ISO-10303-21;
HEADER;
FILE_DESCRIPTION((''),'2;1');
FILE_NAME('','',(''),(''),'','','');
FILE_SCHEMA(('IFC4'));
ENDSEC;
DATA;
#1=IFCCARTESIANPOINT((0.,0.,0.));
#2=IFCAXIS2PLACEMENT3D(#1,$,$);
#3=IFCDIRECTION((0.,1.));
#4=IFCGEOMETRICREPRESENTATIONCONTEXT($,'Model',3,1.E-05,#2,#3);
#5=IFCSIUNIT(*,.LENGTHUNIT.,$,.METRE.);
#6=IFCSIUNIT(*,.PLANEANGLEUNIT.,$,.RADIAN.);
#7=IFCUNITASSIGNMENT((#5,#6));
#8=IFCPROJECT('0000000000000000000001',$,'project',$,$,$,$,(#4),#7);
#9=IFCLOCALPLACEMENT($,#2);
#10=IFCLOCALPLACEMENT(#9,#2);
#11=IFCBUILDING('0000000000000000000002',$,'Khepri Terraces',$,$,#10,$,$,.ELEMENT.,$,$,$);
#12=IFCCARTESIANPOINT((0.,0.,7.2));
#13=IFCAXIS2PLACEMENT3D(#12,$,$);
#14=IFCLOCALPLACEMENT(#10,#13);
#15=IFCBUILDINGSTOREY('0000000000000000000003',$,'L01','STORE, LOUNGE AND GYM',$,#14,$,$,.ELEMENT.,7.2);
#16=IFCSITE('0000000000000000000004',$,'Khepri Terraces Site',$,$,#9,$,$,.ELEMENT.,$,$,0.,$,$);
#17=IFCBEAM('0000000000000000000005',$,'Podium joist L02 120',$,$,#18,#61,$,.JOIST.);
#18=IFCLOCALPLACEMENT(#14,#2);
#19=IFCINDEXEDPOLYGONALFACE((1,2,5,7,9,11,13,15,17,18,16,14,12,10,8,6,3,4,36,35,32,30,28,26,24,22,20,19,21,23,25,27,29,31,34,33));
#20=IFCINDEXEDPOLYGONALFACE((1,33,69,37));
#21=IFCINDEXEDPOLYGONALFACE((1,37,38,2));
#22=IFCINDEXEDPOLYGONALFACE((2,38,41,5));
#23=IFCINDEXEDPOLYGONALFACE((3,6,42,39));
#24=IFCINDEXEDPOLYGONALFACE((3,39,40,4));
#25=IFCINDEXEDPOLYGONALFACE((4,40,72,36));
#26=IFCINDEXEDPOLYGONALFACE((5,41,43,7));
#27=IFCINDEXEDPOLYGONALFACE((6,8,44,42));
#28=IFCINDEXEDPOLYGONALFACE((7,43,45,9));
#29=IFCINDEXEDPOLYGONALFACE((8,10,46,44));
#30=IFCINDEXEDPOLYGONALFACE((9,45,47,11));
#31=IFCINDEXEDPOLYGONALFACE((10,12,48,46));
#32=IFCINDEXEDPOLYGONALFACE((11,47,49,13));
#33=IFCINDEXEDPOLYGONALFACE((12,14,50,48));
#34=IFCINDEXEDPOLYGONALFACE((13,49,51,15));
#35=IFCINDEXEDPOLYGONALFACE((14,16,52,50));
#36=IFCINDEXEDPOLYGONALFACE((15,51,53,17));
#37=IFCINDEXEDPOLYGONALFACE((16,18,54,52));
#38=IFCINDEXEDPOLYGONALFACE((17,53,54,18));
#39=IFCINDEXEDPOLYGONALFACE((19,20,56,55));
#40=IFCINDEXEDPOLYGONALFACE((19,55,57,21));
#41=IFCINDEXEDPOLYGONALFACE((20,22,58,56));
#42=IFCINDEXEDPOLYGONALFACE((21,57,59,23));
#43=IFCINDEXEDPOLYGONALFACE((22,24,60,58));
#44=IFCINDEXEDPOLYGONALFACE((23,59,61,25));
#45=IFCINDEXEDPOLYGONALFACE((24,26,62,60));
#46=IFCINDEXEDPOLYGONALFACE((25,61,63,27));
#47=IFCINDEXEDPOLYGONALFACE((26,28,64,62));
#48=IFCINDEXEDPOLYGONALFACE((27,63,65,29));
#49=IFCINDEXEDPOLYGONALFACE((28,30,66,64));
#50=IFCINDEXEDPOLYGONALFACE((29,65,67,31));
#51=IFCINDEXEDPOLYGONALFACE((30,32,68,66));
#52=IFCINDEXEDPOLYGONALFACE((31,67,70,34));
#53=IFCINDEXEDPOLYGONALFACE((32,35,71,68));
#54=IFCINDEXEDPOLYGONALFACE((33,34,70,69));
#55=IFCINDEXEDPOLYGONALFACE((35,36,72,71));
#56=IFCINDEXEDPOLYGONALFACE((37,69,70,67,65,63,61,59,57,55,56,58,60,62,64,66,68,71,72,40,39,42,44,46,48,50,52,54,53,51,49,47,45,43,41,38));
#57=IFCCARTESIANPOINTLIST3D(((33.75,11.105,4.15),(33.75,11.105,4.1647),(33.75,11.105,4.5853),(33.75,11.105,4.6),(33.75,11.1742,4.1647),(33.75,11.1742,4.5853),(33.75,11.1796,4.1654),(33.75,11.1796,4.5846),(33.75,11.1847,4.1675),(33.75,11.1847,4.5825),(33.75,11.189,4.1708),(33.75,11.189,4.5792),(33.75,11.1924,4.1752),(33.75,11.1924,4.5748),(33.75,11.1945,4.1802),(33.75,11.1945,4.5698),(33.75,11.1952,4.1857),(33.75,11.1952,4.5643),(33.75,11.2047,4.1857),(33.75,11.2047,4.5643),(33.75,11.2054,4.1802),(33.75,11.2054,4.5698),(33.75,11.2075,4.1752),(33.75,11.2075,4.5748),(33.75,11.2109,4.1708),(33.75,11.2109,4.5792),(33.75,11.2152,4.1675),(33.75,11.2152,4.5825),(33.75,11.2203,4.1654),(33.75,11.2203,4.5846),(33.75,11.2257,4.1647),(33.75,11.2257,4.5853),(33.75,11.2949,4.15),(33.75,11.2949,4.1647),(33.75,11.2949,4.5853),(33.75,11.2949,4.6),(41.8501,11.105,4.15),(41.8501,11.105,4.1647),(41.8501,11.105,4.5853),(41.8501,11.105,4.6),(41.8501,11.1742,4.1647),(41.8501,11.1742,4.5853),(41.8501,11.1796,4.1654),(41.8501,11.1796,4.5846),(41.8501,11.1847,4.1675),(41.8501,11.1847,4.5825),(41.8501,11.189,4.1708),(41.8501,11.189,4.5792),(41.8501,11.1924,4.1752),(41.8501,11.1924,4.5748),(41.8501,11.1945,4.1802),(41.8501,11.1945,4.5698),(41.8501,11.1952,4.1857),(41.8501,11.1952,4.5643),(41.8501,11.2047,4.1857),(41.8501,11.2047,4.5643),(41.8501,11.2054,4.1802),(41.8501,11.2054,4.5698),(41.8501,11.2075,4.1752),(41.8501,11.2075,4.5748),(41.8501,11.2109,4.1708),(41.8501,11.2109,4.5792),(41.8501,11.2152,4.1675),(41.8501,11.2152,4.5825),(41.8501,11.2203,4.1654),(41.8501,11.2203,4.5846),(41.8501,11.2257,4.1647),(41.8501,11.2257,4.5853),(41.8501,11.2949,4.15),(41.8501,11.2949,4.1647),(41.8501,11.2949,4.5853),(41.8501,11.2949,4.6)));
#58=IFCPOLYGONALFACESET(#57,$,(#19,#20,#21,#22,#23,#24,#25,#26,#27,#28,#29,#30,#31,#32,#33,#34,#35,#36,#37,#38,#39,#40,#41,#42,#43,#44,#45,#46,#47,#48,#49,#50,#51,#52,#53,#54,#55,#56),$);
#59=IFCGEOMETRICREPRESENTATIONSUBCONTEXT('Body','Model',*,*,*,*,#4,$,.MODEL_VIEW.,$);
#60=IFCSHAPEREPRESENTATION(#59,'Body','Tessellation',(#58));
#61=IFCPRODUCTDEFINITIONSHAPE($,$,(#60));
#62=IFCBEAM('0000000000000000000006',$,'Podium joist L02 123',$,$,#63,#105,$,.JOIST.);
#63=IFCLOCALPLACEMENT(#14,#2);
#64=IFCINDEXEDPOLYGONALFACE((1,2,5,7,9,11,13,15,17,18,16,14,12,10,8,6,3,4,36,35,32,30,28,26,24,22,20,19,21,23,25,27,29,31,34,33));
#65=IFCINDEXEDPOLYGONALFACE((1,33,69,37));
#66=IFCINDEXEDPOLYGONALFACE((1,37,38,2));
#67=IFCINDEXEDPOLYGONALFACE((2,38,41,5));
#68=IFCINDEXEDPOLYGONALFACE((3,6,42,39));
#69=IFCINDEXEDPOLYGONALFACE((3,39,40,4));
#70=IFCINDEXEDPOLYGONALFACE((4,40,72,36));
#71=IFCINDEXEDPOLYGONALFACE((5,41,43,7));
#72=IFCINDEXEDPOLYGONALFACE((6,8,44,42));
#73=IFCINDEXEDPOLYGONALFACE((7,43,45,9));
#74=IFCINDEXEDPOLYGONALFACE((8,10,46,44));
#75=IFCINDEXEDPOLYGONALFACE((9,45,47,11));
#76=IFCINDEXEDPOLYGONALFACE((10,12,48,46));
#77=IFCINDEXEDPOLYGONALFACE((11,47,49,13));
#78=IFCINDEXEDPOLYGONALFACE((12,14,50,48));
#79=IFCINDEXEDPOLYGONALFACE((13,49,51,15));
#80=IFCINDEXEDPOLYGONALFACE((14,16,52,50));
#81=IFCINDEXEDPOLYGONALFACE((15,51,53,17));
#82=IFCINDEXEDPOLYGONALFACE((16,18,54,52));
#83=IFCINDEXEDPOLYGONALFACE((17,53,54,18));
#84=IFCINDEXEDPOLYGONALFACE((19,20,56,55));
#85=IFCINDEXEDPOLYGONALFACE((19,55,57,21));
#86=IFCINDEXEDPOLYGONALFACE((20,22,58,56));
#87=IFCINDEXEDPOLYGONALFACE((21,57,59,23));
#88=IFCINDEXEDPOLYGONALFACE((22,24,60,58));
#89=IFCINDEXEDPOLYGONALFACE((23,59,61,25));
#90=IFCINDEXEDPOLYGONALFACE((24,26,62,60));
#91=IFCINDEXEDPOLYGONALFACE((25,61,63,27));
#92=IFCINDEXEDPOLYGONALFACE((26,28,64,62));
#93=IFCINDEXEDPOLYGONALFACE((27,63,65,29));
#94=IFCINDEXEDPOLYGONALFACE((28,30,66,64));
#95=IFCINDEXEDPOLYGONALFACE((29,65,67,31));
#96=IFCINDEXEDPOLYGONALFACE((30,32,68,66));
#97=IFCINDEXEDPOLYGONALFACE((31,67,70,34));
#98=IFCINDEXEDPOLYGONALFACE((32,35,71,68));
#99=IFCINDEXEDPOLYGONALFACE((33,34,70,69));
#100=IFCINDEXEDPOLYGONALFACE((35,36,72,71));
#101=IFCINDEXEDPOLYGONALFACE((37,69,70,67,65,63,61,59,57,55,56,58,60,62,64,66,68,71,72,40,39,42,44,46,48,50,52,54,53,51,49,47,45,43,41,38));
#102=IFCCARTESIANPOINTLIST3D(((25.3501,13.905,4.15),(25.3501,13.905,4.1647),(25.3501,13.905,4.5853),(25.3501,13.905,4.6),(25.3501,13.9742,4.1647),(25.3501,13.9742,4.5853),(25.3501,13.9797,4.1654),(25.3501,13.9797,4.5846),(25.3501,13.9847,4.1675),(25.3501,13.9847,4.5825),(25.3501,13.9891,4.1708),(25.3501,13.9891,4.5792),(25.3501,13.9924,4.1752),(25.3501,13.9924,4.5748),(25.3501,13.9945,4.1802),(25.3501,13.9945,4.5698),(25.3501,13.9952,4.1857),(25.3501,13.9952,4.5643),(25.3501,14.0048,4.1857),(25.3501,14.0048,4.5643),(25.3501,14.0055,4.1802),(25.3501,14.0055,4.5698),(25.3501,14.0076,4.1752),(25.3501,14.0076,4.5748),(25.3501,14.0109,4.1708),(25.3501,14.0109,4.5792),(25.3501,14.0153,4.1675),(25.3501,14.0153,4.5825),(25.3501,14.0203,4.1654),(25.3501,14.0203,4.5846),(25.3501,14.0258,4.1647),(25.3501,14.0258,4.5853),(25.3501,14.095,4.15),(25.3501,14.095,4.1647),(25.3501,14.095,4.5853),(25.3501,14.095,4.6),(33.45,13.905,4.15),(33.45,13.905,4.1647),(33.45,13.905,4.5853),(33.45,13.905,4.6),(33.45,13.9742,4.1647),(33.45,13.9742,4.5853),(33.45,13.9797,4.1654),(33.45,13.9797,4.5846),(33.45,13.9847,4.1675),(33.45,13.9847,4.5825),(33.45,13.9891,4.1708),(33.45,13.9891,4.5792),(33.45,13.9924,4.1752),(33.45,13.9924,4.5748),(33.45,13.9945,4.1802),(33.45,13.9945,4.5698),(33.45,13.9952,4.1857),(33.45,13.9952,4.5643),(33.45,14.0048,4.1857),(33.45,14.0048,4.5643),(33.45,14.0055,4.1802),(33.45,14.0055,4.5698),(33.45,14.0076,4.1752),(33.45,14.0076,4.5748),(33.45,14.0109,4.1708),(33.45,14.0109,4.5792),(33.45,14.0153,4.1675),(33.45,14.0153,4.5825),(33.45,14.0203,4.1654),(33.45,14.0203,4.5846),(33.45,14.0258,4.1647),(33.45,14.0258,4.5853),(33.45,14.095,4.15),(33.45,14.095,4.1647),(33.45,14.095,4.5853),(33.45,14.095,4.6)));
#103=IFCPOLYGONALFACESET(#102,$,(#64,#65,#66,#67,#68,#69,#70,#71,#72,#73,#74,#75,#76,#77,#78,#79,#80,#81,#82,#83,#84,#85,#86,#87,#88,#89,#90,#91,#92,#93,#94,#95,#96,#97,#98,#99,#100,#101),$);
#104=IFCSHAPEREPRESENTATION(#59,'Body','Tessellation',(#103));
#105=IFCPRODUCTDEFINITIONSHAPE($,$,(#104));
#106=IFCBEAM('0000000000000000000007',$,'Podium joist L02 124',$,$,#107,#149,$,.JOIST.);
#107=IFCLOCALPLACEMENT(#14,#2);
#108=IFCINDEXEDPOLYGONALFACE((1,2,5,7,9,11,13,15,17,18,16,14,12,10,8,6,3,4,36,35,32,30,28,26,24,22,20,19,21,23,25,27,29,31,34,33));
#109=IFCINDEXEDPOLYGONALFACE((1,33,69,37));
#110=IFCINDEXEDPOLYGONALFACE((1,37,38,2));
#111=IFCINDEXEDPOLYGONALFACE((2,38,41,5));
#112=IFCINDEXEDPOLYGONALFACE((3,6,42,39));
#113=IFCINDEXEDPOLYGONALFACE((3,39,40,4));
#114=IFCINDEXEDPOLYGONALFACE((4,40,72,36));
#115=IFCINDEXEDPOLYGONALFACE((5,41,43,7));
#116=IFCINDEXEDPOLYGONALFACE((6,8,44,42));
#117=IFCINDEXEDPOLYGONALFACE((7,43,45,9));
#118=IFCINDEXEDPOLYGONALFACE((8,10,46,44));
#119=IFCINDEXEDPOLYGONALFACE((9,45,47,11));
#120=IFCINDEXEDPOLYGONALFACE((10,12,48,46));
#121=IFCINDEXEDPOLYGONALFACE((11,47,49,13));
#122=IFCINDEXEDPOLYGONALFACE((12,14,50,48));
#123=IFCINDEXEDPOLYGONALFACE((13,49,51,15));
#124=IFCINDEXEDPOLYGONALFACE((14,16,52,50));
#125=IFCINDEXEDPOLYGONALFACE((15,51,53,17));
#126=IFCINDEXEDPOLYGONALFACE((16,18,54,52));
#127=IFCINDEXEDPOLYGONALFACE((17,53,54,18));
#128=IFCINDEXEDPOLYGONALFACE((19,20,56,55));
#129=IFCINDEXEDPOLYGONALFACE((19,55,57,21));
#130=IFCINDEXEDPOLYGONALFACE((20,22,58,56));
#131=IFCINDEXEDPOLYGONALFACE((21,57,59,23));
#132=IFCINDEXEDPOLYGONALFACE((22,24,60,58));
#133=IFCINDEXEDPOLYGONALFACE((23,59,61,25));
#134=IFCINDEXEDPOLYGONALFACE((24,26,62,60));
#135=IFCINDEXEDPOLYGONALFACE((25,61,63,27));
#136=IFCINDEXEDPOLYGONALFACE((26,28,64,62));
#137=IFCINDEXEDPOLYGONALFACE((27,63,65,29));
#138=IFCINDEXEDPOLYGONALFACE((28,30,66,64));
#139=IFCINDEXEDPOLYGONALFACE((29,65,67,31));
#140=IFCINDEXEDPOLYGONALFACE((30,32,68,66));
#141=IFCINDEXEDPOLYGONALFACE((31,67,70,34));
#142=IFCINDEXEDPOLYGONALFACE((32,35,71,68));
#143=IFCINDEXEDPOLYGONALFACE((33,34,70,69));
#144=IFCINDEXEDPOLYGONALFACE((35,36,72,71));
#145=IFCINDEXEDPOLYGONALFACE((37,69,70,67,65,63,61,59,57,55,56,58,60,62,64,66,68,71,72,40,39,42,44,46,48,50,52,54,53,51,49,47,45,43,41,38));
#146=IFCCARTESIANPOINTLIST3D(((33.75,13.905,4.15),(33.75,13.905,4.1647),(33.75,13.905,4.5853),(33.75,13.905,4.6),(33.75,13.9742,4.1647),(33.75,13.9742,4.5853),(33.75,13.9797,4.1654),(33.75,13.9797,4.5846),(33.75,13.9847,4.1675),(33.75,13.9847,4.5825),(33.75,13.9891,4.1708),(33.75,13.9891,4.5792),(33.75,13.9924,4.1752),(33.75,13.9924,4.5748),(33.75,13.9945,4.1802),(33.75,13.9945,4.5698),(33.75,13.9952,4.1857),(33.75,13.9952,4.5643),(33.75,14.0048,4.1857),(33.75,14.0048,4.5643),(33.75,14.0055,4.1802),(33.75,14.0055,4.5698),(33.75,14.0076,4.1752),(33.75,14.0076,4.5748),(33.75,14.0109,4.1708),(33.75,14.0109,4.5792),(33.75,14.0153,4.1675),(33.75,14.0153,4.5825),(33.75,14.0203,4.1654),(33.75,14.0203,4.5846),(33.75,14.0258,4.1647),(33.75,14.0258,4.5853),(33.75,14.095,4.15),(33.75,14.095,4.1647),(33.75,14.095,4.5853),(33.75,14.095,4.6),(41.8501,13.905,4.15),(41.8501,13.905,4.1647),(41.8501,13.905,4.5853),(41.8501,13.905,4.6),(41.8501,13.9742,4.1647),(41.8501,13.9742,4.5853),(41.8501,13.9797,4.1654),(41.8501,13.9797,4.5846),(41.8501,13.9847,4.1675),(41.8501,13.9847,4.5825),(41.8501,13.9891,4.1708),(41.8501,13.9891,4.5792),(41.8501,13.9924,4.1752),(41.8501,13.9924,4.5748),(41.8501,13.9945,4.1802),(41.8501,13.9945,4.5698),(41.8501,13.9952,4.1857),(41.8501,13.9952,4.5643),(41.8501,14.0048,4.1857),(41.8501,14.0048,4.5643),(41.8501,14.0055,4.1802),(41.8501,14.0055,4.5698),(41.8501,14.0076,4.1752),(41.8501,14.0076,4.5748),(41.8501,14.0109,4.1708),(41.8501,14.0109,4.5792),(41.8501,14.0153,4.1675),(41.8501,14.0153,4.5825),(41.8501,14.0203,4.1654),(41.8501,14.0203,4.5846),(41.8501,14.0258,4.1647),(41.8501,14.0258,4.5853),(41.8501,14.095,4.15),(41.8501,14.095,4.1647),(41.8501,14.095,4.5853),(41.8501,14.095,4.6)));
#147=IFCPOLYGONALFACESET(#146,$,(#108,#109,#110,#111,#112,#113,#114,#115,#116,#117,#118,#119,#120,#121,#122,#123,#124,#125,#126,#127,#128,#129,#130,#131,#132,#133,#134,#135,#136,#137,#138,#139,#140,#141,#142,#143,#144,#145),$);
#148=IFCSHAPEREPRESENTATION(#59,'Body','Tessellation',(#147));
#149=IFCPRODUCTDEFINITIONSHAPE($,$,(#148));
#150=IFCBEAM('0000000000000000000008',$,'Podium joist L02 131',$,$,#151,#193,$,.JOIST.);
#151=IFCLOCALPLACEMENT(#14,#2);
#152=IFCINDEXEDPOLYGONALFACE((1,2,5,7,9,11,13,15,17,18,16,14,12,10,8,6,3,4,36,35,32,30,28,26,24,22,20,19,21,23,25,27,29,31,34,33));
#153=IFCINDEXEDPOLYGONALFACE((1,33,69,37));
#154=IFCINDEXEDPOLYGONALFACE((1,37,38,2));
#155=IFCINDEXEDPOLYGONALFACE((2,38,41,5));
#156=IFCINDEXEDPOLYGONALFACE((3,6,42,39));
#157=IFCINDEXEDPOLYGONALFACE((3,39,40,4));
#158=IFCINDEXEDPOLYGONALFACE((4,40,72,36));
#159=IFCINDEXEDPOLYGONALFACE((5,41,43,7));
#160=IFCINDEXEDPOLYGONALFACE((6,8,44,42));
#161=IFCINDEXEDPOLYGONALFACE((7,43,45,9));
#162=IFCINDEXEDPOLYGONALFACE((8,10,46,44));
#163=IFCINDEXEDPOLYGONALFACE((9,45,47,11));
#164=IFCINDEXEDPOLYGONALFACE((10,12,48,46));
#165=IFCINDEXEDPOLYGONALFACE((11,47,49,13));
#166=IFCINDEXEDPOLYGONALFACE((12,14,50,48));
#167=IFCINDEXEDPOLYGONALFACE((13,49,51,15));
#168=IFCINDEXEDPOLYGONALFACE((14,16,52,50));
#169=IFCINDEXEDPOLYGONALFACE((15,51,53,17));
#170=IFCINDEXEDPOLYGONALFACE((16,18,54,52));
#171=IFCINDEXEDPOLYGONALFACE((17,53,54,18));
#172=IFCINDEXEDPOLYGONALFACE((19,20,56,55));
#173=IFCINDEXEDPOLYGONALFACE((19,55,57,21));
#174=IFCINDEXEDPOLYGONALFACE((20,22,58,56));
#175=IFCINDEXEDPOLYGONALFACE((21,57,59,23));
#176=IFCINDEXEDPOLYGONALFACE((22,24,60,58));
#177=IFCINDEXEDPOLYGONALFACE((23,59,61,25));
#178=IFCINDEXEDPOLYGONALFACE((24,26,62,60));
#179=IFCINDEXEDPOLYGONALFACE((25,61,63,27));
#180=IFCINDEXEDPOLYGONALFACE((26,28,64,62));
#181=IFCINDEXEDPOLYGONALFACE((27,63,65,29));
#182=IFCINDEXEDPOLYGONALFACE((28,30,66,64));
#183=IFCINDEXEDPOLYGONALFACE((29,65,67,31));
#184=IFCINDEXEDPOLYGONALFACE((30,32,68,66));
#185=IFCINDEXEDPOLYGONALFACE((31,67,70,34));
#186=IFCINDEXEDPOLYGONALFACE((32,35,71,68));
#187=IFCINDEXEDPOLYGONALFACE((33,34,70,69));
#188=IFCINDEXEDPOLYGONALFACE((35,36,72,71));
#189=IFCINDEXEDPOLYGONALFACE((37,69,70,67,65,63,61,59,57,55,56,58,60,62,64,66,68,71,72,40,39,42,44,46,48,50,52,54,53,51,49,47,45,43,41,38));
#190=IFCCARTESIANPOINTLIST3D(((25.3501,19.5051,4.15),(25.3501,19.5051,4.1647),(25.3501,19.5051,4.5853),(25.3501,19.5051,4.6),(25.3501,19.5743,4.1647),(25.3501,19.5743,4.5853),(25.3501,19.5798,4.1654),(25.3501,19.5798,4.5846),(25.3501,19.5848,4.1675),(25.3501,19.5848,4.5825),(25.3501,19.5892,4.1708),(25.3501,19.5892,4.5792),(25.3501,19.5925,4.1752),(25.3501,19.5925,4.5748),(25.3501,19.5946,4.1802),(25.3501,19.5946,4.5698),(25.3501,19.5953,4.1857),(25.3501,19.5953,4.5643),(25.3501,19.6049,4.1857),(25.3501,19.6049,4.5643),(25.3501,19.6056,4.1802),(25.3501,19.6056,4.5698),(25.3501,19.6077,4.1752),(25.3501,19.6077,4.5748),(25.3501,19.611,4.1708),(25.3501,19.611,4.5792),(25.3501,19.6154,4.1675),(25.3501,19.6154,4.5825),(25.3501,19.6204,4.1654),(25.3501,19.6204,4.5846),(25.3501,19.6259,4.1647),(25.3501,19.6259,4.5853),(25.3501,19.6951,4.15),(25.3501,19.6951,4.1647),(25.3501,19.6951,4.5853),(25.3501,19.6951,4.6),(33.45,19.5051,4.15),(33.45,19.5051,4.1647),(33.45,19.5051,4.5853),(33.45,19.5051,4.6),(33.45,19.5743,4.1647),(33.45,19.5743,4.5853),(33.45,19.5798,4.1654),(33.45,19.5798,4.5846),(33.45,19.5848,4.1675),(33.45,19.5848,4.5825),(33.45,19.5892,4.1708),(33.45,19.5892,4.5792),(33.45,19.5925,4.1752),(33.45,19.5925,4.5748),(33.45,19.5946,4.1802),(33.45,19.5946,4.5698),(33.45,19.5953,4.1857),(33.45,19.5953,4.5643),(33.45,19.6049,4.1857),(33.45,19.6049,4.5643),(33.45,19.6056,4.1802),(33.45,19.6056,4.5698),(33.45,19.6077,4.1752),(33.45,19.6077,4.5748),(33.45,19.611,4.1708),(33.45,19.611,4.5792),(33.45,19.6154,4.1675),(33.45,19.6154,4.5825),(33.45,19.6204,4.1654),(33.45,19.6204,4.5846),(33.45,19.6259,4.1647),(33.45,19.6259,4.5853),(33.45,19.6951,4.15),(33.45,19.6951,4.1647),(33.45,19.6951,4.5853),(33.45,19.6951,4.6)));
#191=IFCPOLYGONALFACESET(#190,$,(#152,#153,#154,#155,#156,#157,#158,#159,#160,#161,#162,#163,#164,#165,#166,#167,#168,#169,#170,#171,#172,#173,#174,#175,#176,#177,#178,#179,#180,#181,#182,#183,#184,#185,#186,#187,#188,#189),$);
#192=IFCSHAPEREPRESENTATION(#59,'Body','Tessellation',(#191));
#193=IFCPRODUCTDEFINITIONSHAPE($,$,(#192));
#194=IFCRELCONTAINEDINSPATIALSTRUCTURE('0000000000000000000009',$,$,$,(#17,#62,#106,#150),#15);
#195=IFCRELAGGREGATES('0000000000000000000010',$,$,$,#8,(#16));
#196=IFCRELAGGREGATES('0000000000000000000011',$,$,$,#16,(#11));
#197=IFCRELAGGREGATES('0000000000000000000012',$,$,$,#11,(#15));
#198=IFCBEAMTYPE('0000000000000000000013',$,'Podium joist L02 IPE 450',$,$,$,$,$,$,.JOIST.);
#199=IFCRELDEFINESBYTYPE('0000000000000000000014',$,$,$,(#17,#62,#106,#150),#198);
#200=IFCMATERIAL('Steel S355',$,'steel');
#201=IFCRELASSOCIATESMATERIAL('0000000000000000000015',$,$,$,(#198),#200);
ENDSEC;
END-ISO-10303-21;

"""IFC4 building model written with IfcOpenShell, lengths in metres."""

from ifc_helpers import new_model, si_unit, direction, frame, origin, origin_2d, place, context, subcontext, project, spatial, i_section, extrude, material, material_profile, profile_set, type_object, element, save


model = new_model("IFC4")

# Units and contexts
model_context = context("Model", 3, precision=1e-05, world=origin(), true_north=direction((0.0, 1.0)))
body_context = subcontext(model_context, "Body", "Model", "MODEL_VIEW")
ifc_project = project(units=[si_unit("LENGTHUNIT", "METRE"), si_unit("PLANEANGLEUNIT", "RADIAN")], contexts=[model_context])

# Site, building, storey
site_placement = place(None, origin())
site = spatial("IfcSite", under=ifc_project, at=site_placement, Name="Khepri Terraces Site", CompositionType="ELEMENT", RefElevation=0.0)
building_placement = place(site_placement, origin())
building = spatial("IfcBuilding", under=site, at=building_placement, Name="Khepri Terraces", CompositionType="ELEMENT")
storey_placement = place(building_placement, frame((0.0, 0.0, 7.2)))
storey = spatial("IfcBuildingStorey", under=building, at=storey_placement, Name="L01", Description="STORE, LOUNGE AND GYM", CompositionType="ELEMENT", Elevation=7.2)

# Beams
ifc_material_1 = material(Name="Steel S355", Category="steel")
ifc_material_profile_1 = material_profile(ifc_material_1, i_section(OverallWidth=0.1899, OverallDepth=0.45, WebThickness=0.0095, FlangeThickness=0.0146, FilletRadius=0.021, at=origin_2d()), Name="Steel S355", Category="steel")
ifc_profile_set_1 = profile_set([ifc_material_profile_1], Name="Steel S355")
beam_type_1 = type_object("IfcBeamType", Name="Podium joist L02 IPE 450", PredefinedType="JOIST", material=ifc_profile_set_1)
beam_1_placement = place(storey_placement, frame((33.75, 11.2, 4.375), z_axis=(1.0, 0.0, 0.0), x_axis=(0.0, 1.0, 0.0)))
element("IfcBeam", 1, at=beam_1_placement, inside=storey, type_object=beam_type_1, Name="Podium joist L02 120", PredefinedType="JOIST", context=body_context, shape_type="SweptSolid", body=[
    extrude(i_section(OverallWidth=0.1899, OverallDepth=0.45, WebThickness=0.0095, FlangeThickness=0.0146, FilletRadius=0.021, at=origin_2d()), origin(), (0.0, 0.0, 1.0), 8.1001),
])
beam_2_placement = place(storey_placement, frame((25.3501, 14.0, 4.375), z_axis=(1.0, 0.0, 0.0), x_axis=(0.0, 1.0, 0.0)))
element("IfcBeam", 2, at=beam_2_placement, inside=storey, type_object=beam_type_1, Name="Podium joist L02 123", PredefinedType="JOIST", context=body_context, shape_type="SweptSolid", body=[
    extrude(i_section(OverallWidth=0.1899, OverallDepth=0.45, WebThickness=0.0095, FlangeThickness=0.0146, FilletRadius=0.021, at=origin_2d()), origin(), (0.0, 0.0, 1.0), 8.0999),
])
beam_3_placement = place(storey_placement, frame((33.75, 14.0, 4.375), z_axis=(1.0, 0.0, 0.0), x_axis=(0.0, 1.0, 0.0)))
element("IfcBeam", 3, at=beam_3_placement, inside=storey, type_object=beam_type_1, Name="Podium joist L02 124", PredefinedType="JOIST", context=body_context, shape_type="SweptSolid", body=[
    extrude(i_section(OverallWidth=0.1899, OverallDepth=0.45, WebThickness=0.0095, FlangeThickness=0.0146, FilletRadius=0.021, at=origin_2d()), origin(), (0.0, 0.0, 1.0), 8.1001),
])
beam_4_placement = place(storey_placement, frame((25.3501, 19.6001, 4.375), z_axis=(1.0, 0.0, 0.0), x_axis=(0.0, 1.0, 0.0)))
element("IfcBeam", 4, at=beam_4_placement, inside=storey, type_object=beam_type_1, Name="Podium joist L02 131", PredefinedType="JOIST", context=body_context, shape_type="SweptSolid", body=[
    extrude(i_section(OverallWidth=0.1899, OverallDepth=0.45, WebThickness=0.0095, FlangeThickness=0.0146, FilletRadius=0.021, at=origin_2d()), origin(), (0.0, 0.0, 1.0), 8.0999),
])

save(model, "model.ifc")
